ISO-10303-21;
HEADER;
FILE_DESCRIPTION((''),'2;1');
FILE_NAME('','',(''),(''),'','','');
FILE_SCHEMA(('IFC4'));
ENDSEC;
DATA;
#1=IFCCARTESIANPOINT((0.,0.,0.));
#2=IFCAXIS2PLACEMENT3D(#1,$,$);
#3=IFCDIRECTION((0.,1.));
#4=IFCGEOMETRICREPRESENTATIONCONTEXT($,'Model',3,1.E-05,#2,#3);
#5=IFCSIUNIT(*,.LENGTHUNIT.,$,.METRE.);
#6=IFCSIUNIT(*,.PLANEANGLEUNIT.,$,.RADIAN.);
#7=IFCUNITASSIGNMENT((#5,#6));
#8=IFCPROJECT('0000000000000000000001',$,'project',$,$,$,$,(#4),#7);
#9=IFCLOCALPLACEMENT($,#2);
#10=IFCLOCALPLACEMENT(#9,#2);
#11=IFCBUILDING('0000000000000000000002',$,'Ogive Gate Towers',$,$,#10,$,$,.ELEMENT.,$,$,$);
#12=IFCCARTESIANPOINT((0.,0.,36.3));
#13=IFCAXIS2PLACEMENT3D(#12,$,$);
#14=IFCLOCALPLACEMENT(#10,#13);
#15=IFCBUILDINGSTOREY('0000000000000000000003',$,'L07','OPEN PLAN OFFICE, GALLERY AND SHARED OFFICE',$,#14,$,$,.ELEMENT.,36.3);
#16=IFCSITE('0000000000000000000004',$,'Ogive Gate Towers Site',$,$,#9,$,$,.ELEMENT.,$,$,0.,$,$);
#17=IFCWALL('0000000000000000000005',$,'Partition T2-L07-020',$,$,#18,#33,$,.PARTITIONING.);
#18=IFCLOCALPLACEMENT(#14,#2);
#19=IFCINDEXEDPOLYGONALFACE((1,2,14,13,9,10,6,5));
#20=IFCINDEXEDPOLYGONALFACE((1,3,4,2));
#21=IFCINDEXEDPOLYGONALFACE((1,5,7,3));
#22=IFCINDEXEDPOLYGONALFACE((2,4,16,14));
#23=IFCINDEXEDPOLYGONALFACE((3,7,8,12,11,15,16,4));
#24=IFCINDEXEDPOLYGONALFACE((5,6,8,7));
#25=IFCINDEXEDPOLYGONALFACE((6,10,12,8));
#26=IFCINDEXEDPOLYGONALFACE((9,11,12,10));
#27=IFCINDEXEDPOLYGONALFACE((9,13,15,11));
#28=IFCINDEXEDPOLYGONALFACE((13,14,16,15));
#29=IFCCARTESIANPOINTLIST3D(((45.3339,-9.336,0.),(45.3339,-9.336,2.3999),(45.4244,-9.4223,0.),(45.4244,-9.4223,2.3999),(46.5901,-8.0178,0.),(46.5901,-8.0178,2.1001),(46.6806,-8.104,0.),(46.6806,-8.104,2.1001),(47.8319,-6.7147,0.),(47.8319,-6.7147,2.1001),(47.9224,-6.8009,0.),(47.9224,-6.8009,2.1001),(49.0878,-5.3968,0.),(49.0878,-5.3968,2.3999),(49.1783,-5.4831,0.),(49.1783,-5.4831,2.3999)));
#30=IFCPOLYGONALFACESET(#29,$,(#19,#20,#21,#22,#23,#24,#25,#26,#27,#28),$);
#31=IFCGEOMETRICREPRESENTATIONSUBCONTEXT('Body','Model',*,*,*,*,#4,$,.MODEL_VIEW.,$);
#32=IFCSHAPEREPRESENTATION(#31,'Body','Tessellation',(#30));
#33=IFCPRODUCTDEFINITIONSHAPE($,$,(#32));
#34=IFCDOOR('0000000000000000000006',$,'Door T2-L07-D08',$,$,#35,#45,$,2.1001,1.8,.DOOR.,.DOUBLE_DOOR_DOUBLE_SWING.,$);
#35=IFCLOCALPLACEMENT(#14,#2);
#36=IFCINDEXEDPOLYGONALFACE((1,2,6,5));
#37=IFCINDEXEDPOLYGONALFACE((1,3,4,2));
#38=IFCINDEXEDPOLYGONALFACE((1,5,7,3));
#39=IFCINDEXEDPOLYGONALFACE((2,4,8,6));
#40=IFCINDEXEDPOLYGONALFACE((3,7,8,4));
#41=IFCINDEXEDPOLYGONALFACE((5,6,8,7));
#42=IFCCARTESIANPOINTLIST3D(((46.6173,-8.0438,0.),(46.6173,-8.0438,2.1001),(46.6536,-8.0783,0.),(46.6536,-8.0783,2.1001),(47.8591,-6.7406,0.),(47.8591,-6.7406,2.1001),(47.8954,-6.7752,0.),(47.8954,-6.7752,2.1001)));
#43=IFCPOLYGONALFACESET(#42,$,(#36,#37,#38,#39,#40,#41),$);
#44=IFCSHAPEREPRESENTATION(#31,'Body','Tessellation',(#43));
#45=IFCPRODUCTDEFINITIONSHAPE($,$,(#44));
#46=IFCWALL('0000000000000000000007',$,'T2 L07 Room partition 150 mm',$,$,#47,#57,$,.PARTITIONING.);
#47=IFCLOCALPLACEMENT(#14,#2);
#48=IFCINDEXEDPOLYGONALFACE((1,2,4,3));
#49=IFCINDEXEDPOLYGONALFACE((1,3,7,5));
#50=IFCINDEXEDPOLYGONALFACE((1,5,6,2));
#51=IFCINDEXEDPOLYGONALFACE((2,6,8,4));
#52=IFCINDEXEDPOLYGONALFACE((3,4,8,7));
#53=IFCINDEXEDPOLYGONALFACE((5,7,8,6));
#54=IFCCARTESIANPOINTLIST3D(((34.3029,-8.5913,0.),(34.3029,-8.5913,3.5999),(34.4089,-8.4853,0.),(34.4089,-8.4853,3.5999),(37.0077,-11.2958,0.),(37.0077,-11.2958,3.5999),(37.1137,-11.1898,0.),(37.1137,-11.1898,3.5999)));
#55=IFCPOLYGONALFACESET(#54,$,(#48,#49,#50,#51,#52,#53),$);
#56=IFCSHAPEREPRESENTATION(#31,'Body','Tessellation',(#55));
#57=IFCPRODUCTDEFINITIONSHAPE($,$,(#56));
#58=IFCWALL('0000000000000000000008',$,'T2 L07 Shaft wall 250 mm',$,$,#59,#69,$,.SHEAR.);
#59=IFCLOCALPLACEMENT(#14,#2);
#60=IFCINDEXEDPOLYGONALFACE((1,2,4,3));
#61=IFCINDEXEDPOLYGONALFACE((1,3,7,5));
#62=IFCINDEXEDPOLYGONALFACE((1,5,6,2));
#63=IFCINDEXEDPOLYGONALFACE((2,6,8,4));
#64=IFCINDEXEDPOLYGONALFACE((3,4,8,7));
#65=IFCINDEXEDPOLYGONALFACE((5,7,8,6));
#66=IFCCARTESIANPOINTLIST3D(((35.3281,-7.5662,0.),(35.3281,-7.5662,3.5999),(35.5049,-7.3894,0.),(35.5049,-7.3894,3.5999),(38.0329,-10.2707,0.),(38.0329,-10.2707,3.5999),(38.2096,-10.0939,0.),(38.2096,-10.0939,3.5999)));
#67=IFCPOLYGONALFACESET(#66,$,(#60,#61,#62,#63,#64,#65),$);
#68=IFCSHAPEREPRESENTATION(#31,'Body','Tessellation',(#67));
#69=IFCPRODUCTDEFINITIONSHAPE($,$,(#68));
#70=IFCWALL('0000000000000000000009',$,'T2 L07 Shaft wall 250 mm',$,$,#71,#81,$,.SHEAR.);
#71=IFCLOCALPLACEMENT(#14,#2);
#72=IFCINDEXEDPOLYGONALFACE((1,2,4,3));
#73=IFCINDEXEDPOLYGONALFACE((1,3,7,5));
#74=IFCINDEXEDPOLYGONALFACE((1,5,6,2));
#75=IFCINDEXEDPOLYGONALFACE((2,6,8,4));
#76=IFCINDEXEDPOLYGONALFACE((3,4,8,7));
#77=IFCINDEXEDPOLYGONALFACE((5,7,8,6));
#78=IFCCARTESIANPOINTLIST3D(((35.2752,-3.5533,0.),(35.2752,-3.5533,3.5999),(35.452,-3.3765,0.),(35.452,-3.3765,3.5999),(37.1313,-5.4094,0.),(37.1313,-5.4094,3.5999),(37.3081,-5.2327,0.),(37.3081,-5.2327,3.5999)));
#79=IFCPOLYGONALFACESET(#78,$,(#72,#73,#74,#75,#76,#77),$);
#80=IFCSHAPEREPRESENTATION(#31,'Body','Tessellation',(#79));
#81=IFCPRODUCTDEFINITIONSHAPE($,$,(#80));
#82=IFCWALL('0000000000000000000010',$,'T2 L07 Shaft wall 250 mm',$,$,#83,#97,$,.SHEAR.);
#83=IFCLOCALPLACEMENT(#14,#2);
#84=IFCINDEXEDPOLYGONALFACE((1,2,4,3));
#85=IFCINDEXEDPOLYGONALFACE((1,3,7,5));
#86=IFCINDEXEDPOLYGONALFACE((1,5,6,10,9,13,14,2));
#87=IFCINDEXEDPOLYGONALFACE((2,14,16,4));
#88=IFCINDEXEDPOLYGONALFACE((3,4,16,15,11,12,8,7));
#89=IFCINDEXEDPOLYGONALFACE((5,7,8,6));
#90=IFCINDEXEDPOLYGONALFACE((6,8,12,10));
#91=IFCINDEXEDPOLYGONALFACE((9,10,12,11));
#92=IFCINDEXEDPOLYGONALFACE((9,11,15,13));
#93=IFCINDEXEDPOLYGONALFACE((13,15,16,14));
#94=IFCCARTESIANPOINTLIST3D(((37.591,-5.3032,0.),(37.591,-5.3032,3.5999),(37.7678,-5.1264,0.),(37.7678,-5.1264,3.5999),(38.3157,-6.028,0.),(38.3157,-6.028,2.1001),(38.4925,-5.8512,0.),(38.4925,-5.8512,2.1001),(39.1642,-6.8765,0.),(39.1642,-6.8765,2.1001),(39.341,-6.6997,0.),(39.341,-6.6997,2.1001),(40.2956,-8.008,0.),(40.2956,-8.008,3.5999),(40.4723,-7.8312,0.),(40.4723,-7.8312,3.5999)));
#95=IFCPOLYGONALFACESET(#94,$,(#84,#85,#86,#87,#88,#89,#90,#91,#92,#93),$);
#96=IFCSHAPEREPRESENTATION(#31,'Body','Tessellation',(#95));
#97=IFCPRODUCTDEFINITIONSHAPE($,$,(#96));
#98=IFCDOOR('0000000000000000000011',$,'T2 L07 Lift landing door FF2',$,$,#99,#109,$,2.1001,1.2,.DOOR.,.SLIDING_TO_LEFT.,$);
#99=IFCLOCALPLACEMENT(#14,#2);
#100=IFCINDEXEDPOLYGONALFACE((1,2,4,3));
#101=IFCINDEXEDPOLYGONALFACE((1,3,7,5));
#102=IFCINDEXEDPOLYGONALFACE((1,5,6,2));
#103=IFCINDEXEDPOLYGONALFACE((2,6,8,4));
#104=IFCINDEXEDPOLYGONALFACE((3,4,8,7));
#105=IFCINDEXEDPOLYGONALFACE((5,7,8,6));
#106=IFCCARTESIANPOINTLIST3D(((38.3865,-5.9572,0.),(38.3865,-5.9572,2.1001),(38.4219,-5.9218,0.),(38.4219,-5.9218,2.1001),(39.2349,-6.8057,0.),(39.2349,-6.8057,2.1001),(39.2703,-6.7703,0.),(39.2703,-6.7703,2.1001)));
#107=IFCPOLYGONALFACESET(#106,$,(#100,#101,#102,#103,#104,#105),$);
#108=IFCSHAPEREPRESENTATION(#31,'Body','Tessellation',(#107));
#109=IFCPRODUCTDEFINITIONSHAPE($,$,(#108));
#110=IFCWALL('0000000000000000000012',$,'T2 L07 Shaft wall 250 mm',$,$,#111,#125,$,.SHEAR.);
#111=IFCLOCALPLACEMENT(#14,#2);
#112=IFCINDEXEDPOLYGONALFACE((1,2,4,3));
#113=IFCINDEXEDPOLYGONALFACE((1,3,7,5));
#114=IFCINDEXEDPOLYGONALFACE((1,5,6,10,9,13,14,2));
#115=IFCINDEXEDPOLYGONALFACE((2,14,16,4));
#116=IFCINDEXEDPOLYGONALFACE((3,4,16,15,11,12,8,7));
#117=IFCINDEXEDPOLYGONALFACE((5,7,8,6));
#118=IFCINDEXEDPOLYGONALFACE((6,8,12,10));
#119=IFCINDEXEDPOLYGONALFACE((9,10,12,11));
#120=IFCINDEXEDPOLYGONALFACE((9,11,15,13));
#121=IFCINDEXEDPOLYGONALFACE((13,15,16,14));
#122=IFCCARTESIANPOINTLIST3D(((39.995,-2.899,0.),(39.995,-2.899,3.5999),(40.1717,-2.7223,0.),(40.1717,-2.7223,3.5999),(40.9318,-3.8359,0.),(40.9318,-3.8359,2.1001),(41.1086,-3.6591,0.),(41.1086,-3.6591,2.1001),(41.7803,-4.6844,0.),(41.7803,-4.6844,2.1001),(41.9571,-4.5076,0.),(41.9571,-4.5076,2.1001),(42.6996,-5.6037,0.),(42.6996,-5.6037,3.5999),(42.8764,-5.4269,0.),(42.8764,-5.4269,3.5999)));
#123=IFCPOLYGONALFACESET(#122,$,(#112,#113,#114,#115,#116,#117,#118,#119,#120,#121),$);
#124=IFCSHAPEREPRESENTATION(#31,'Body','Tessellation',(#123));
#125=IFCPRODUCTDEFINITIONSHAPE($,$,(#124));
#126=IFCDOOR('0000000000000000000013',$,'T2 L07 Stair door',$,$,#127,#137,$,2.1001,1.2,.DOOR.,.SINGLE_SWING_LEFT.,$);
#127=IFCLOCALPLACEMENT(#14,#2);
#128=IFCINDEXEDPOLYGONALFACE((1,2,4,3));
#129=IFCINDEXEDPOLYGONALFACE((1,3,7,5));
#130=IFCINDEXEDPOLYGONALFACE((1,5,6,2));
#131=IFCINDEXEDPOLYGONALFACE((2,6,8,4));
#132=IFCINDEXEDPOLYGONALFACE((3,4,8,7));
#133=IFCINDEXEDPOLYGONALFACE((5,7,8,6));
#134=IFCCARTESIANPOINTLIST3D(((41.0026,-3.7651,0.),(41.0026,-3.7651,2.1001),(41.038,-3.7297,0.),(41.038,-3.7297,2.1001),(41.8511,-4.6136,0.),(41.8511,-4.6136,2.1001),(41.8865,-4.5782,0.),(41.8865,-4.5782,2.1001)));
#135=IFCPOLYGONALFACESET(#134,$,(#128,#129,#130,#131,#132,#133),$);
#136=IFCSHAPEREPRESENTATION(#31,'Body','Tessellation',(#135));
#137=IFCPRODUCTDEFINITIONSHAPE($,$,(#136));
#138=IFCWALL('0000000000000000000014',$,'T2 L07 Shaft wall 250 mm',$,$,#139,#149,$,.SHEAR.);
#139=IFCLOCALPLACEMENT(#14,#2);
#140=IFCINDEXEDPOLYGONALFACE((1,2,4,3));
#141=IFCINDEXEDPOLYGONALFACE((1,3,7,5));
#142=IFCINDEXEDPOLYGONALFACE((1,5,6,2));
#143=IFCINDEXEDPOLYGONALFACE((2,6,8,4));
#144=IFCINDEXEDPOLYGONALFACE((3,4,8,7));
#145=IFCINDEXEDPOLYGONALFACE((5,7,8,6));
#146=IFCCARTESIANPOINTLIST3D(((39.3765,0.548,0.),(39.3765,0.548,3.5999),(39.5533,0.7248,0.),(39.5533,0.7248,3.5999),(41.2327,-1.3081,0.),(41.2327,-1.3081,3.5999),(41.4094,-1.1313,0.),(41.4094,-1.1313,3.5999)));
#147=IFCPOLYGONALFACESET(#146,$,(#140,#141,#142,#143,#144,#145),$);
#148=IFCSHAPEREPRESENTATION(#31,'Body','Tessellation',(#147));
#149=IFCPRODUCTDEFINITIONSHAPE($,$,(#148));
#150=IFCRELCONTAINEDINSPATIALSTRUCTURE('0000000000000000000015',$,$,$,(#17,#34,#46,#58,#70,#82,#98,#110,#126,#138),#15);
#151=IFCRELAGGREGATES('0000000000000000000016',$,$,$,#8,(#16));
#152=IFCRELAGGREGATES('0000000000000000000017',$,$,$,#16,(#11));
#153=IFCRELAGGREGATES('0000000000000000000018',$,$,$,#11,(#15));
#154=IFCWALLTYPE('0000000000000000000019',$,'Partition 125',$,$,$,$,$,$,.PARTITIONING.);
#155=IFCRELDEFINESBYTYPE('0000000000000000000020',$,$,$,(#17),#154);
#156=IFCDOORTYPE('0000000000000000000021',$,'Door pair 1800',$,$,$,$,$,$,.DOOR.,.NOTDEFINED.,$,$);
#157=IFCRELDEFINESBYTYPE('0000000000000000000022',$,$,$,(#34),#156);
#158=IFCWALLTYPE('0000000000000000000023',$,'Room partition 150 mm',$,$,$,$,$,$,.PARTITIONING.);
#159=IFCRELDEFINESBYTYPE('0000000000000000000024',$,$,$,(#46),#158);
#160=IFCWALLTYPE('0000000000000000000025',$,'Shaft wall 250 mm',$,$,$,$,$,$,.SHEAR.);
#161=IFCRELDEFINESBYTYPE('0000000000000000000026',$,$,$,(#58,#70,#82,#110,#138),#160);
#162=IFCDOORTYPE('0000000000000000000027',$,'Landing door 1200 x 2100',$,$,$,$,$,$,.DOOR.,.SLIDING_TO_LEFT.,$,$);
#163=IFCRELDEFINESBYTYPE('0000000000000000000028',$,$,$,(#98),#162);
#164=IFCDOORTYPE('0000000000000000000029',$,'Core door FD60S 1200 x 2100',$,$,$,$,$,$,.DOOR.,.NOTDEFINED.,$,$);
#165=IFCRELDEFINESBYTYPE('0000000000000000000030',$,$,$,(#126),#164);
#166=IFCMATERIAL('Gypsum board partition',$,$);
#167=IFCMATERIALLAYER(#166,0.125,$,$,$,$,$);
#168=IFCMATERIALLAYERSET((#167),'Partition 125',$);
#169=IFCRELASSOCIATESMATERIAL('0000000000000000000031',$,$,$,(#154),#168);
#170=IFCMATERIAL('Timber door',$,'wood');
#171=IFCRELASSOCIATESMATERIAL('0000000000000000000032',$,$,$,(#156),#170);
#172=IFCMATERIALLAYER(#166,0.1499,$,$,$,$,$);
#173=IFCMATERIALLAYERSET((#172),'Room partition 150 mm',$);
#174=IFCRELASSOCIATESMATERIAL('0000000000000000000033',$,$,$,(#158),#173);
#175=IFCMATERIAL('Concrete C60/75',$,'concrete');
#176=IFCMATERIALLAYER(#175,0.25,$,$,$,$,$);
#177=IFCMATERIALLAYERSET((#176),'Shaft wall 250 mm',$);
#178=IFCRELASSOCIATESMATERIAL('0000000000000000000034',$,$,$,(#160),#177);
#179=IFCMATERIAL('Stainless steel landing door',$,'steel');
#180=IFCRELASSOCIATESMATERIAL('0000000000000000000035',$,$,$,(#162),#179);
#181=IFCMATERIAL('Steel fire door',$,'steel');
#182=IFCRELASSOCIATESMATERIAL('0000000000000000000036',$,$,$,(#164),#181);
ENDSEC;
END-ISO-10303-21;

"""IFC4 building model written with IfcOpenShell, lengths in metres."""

from ifc_helpers import new_model, si_unit, direction, frame, frame_2d, origin, place, context, subcontext, project, spatial, rectangle, extrude, material, layer, layer_set, type_object, element, fill, save


model = new_model("IFC4")

# Units and contexts
model_context = context("Model", 3, precision=1e-05, world=origin(), true_north=direction((0.0, 1.0)))
body_context = subcontext(model_context, "Body", "Model", "MODEL_VIEW")
ifc_project = project(units=[si_unit("LENGTHUNIT", "METRE"), si_unit("PLANEANGLEUNIT", "RADIAN")], contexts=[model_context])

# Site, building, storey
site_placement = place(None, origin())
site = spatial("IfcSite", under=ifc_project, at=site_placement, Name="Ogive Gate Towers Site", CompositionType="ELEMENT", RefElevation=0.0)
building_placement = place(site_placement, origin())
building = spatial("IfcBuilding", under=site, at=building_placement, Name="Ogive Gate Towers", CompositionType="ELEMENT")
storey_placement = place(building_placement, frame((0.0, 0.0, 36.3)))
storey = spatial("IfcBuildingStorey", under=building, at=storey_placement, Name="L07", Description="OPEN PLAN OFFICE, GALLERY AND SHARED OFFICE", CompositionType="ELEMENT", Elevation=36.3)

# Wall, opening, door
ifc_material_1 = material(Name="Timber door", Category="wood")
ifc_material_2 = material(Name="Gypsum board partition")
ifc_layer_1 = layer(ifc_material_2, 0.125)
ifc_layer_set_1 = layer_set([ifc_layer_1], Name="Partition 125")
wall_type_1 = type_object("IfcWallType", Name="Partition 125", PredefinedType="PARTITIONING", material=ifc_layer_set_1)
wall_1_placement = place(storey_placement, frame((45.3792, -9.3792, 0.0), z_axis=(0.0, 0.0, 1.0), x_axis=(0.689875, 0.723929, 0.0)))
wall_1 = element("IfcWall", 1, at=wall_1_placement, inside=storey, type_object=wall_type_1, Name="Partition T2-L07-020", PredefinedType="PARTITIONING", context=body_context, shape_type="SweptSolid", body=[
    extrude(rectangle(XDim=5.4414, YDim=0.125, at=frame_2d((2.7207, 0.0))), origin(), (0.0, 0.0, 1.0), 2.3999),
])
opening_1_placement = place(wall_1_placement, frame((1.821, 0.0, 0.0)))
opening_1 = element("IfcOpeningElement", 2, at=opening_1_placement, cuts=wall_1, PredefinedType="OPENING", context=body_context, shape_type="SweptSolid", body=[
    extrude(rectangle(XDim=1.8, YDim=2.1001, at=frame_2d((0.8999, 1.05))), frame((0.0, 0.0725, 0.0), z_axis=(0.0, -1.0, 0.0), x_axis=(1.0, 0.0, 0.0)), (0.0, 0.0, 1.0), 0.145),
])
door_type_1 = type_object("IfcDoorType", Name="Door pair 1800", OperationType="NOTDEFINED", PredefinedType="DOOR", material=ifc_material_1)
door_1_placement = place(opening_1_placement, origin())
door_1 = element("IfcDoor", 3, at=door_1_placement, inside=storey, type_object=door_type_1, Name="Door T2-L07-D08", OperationType="DOUBLE_DOOR_DOUBLE_SWING", OverallHeight=2.1001, OverallWidth=1.8, PredefinedType="DOOR", context=body_context, shape_type="SweptSolid", body=[
    extrude(rectangle(XDim=1.8, YDim=2.1001, at=frame_2d((0.8999, 1.05))), frame((0.0, 0.0249, 0.0), z_axis=(0.0, -1.0, 0.0), x_axis=(1.0, 0.0, 0.0)), (0.0, 0.0, 1.0), 0.05),
])
fill(opening_1, door_1)

# Walls
ifc_layer_2 = layer(ifc_material_2, 0.1499)
ifc_layer_set_2 = layer_set([ifc_layer_2], Name="Room partition 150 mm")
wall_type_2 = type_object("IfcWallType", Name="Room partition 150 mm", PredefinedType="PARTITIONING", material=ifc_layer_set_2)
wall_2_placement = place(storey_placement, frame((37.0608, -11.2429, 0.0), z_axis=(0.0, 0.0, 1.0), x_axis=(-0.707139, 0.707075, 0.0)))
element("IfcWall", 4, at=wall_2_placement, inside=storey, type_object=wall_type_2, Name="T2 L07 Room partition 150 mm", PredefinedType="PARTITIONING", context=body_context, shape_type="SweptSolid", body=[
    extrude(rectangle(XDim=3.825, YDim=0.1499, at=frame_2d((1.9126, 0.0))), origin(), (0.0, 0.0, 1.0), 3.5999),
])
ifc_material_3 = material(Name="Concrete C60/75", Category="concrete")
ifc_layer_3 = layer(ifc_material_3, 0.25)
ifc_layer_set_3 = layer_set([ifc_layer_3], Name="Shaft wall 250 mm")
wall_type_3 = type_object("IfcWallType", Name="Shaft wall 250 mm", PredefinedType="SHEAR", material=ifc_layer_set_3)
wall_3_placement = place(storey_placement, frame((38.1213, -10.1824, 0.0), z_axis=(0.0, 0.0, 1.0), x_axis=(-0.707139, 0.707075, 0.0)))
element("IfcWall", 5, at=wall_3_placement, inside=storey, type_object=wall_type_3, Name="T2 L07 Shaft wall 250 mm", PredefinedType="SHEAR", context=body_context, shape_type="SweptSolid", body=[
    extrude(rectangle(XDim=3.825, YDim=0.25, at=frame_2d((1.9126, 0.0))), origin(), (0.0, 0.0, 1.0), 3.5999),
])
wall_4_placement = place(storey_placement, frame((37.2197, -5.321, 0.0), z_axis=(0.0, 0.0, 1.0), x_axis=(-0.707107, 0.707107, 0.0)))
element("IfcWall", 6, at=wall_4_placement, inside=storey, type_object=wall_type_3, Name="T2 L07 Shaft wall 250 mm", PredefinedType="SHEAR", context=body_context, shape_type="SweptSolid", body=[
    extrude(rectangle(XDim=2.625, YDim=0.25, at=frame_2d((1.3125, 0.0))), origin(), (0.0, 0.0, 1.0), 3.5999),
])

# Walls, openings, doors
wall_5_placement = place(storey_placement, frame((40.384, -7.9197, 0.0), z_axis=(0.0, 0.0, 1.0), x_axis=(-0.707075, 0.707139, 0.0)))
wall_5 = element("IfcWall", 7, at=wall_5_placement, inside=storey, type_object=wall_type_3, Name="T2 L07 Shaft wall 250 mm", PredefinedType="SHEAR", context=body_context, shape_type="SweptSolid", body=[
    extrude(rectangle(XDim=3.825, YDim=0.25, at=frame_2d((1.9126, 0.0))), origin(), (0.0, 0.0, 1.0), 3.5999),
])
opening_2_placement = place(wall_5_placement, frame((1.6001, 0.0, 0.0)))
opening_2 = element("IfcOpeningElement", 8, at=opening_2_placement, cuts=wall_5, PredefinedType="OPENING", context=body_context, shape_type="SweptSolid", body=[
    extrude(rectangle(XDim=1.2, YDim=2.1001, at=frame_2d((0.6001, 1.05))), frame((0.0, 0.135, 0.0), z_axis=(0.0, -1.0, 0.0), x_axis=(1.0, 0.0, 0.0)), (0.0, 0.0, 1.0), 0.27),
])
ifc_material_4 = material(Name="Stainless steel landing door", Category="steel")
door_type_2 = type_object("IfcDoorType", Name="Landing door 1200 x 2100", OperationType="SLIDING_TO_LEFT", PredefinedType="DOOR", material=ifc_material_4)
door_2_placement = place(opening_2_placement, origin())
door_2 = element("IfcDoor", 9, at=door_2_placement, inside=storey, type_object=door_type_2, Name="T2 L07 Lift landing door FF2", OperationType="SLIDING_TO_LEFT", OverallHeight=2.1001, OverallWidth=1.2, PredefinedType="DOOR", context=body_context, shape_type="SweptSolid", body=[
    extrude(rectangle(XDim=1.2, YDim=2.1001, at=frame_2d((0.6001, 1.05))), frame((0.0, 0.0249, 0.0), z_axis=(0.0, -1.0, 0.0), x_axis=(1.0, 0.0, 0.0)), (0.0, 0.0, 1.0), 0.05),
])
fill(opening_2, door_2)
wall_6_placement = place(storey_placement, frame((42.7881, -5.5154, 0.0), z_axis=(0.0, 0.0, 1.0), x_axis=(-0.707107, 0.707107, 0.0)))
wall_6 = element("IfcWall", 10, at=wall_6_placement, inside=storey, type_object=wall_type_3, Name="T2 L07 Shaft wall 250 mm", PredefinedType="SHEAR", context=body_context, shape_type="SweptSolid", body=[
    extrude(rectangle(XDim=3.825, YDim=0.25, at=frame_2d((1.9126, 0.0))), origin(), (0.0, 0.0, 1.0), 3.5999),
])
opening_3_placement = place(wall_6_placement, frame((1.3, 0.0, 0.0)))
opening_3 = element("IfcOpeningElement", 11, at=opening_3_placement, cuts=wall_6, PredefinedType="OPENING", context=body_context, shape_type="SweptSolid", body=[
    extrude(rectangle(XDim=1.2, YDim=2.1001, at=frame_2d((0.6001, 1.05))), frame((0.0, 0.135, 0.0), z_axis=(0.0, -1.0, 0.0), x_axis=(1.0, 0.0, 0.0)), (0.0, 0.0, 1.0), 0.27),
])
ifc_material_5 = material(Name="Steel fire door", Category="steel")
door_type_3 = type_object("IfcDoorType", Name="Core door FD60S 1200 x 2100", OperationType="NOTDEFINED", PredefinedType="DOOR", material=ifc_material_5)
door_3_placement = place(opening_3_placement, origin())
door_3 = element("IfcDoor", 12, at=door_3_placement, inside=storey, type_object=door_type_3, Name="T2 L07 Stair door", OperationType="SINGLE_SWING_LEFT", OverallHeight=2.1001, OverallWidth=1.2, PredefinedType="DOOR", context=body_context, shape_type="SweptSolid", body=[
    extrude(rectangle(XDim=1.2, YDim=2.1001, at=frame_2d((0.6001, 1.05))), frame((0.0, 0.0249, 0.0), z_axis=(0.0, -1.0, 0.0), x_axis=(1.0, 0.0, 0.0)), (0.0, 0.0, 1.0), 0.05),
])
fill(opening_3, door_3)

# Wall
wall_7_placement = place(storey_placement, frame((41.321, -1.2197, 0.0), z_axis=(0.0, 0.0, 1.0), x_axis=(-0.707107, 0.707107, 0.0)))
element("IfcWall", 13, at=wall_7_placement, inside=storey, type_object=wall_type_3, Name="T2 L07 Shaft wall 250 mm", PredefinedType="SHEAR", context=body_context, shape_type="SweptSolid", body=[
    extrude(rectangle(XDim=2.625, YDim=0.25, at=frame_2d((1.3125, 0.0))), origin(), (0.0, 0.0, 1.0), 3.5999),
])

save(model, "model.ifc")
